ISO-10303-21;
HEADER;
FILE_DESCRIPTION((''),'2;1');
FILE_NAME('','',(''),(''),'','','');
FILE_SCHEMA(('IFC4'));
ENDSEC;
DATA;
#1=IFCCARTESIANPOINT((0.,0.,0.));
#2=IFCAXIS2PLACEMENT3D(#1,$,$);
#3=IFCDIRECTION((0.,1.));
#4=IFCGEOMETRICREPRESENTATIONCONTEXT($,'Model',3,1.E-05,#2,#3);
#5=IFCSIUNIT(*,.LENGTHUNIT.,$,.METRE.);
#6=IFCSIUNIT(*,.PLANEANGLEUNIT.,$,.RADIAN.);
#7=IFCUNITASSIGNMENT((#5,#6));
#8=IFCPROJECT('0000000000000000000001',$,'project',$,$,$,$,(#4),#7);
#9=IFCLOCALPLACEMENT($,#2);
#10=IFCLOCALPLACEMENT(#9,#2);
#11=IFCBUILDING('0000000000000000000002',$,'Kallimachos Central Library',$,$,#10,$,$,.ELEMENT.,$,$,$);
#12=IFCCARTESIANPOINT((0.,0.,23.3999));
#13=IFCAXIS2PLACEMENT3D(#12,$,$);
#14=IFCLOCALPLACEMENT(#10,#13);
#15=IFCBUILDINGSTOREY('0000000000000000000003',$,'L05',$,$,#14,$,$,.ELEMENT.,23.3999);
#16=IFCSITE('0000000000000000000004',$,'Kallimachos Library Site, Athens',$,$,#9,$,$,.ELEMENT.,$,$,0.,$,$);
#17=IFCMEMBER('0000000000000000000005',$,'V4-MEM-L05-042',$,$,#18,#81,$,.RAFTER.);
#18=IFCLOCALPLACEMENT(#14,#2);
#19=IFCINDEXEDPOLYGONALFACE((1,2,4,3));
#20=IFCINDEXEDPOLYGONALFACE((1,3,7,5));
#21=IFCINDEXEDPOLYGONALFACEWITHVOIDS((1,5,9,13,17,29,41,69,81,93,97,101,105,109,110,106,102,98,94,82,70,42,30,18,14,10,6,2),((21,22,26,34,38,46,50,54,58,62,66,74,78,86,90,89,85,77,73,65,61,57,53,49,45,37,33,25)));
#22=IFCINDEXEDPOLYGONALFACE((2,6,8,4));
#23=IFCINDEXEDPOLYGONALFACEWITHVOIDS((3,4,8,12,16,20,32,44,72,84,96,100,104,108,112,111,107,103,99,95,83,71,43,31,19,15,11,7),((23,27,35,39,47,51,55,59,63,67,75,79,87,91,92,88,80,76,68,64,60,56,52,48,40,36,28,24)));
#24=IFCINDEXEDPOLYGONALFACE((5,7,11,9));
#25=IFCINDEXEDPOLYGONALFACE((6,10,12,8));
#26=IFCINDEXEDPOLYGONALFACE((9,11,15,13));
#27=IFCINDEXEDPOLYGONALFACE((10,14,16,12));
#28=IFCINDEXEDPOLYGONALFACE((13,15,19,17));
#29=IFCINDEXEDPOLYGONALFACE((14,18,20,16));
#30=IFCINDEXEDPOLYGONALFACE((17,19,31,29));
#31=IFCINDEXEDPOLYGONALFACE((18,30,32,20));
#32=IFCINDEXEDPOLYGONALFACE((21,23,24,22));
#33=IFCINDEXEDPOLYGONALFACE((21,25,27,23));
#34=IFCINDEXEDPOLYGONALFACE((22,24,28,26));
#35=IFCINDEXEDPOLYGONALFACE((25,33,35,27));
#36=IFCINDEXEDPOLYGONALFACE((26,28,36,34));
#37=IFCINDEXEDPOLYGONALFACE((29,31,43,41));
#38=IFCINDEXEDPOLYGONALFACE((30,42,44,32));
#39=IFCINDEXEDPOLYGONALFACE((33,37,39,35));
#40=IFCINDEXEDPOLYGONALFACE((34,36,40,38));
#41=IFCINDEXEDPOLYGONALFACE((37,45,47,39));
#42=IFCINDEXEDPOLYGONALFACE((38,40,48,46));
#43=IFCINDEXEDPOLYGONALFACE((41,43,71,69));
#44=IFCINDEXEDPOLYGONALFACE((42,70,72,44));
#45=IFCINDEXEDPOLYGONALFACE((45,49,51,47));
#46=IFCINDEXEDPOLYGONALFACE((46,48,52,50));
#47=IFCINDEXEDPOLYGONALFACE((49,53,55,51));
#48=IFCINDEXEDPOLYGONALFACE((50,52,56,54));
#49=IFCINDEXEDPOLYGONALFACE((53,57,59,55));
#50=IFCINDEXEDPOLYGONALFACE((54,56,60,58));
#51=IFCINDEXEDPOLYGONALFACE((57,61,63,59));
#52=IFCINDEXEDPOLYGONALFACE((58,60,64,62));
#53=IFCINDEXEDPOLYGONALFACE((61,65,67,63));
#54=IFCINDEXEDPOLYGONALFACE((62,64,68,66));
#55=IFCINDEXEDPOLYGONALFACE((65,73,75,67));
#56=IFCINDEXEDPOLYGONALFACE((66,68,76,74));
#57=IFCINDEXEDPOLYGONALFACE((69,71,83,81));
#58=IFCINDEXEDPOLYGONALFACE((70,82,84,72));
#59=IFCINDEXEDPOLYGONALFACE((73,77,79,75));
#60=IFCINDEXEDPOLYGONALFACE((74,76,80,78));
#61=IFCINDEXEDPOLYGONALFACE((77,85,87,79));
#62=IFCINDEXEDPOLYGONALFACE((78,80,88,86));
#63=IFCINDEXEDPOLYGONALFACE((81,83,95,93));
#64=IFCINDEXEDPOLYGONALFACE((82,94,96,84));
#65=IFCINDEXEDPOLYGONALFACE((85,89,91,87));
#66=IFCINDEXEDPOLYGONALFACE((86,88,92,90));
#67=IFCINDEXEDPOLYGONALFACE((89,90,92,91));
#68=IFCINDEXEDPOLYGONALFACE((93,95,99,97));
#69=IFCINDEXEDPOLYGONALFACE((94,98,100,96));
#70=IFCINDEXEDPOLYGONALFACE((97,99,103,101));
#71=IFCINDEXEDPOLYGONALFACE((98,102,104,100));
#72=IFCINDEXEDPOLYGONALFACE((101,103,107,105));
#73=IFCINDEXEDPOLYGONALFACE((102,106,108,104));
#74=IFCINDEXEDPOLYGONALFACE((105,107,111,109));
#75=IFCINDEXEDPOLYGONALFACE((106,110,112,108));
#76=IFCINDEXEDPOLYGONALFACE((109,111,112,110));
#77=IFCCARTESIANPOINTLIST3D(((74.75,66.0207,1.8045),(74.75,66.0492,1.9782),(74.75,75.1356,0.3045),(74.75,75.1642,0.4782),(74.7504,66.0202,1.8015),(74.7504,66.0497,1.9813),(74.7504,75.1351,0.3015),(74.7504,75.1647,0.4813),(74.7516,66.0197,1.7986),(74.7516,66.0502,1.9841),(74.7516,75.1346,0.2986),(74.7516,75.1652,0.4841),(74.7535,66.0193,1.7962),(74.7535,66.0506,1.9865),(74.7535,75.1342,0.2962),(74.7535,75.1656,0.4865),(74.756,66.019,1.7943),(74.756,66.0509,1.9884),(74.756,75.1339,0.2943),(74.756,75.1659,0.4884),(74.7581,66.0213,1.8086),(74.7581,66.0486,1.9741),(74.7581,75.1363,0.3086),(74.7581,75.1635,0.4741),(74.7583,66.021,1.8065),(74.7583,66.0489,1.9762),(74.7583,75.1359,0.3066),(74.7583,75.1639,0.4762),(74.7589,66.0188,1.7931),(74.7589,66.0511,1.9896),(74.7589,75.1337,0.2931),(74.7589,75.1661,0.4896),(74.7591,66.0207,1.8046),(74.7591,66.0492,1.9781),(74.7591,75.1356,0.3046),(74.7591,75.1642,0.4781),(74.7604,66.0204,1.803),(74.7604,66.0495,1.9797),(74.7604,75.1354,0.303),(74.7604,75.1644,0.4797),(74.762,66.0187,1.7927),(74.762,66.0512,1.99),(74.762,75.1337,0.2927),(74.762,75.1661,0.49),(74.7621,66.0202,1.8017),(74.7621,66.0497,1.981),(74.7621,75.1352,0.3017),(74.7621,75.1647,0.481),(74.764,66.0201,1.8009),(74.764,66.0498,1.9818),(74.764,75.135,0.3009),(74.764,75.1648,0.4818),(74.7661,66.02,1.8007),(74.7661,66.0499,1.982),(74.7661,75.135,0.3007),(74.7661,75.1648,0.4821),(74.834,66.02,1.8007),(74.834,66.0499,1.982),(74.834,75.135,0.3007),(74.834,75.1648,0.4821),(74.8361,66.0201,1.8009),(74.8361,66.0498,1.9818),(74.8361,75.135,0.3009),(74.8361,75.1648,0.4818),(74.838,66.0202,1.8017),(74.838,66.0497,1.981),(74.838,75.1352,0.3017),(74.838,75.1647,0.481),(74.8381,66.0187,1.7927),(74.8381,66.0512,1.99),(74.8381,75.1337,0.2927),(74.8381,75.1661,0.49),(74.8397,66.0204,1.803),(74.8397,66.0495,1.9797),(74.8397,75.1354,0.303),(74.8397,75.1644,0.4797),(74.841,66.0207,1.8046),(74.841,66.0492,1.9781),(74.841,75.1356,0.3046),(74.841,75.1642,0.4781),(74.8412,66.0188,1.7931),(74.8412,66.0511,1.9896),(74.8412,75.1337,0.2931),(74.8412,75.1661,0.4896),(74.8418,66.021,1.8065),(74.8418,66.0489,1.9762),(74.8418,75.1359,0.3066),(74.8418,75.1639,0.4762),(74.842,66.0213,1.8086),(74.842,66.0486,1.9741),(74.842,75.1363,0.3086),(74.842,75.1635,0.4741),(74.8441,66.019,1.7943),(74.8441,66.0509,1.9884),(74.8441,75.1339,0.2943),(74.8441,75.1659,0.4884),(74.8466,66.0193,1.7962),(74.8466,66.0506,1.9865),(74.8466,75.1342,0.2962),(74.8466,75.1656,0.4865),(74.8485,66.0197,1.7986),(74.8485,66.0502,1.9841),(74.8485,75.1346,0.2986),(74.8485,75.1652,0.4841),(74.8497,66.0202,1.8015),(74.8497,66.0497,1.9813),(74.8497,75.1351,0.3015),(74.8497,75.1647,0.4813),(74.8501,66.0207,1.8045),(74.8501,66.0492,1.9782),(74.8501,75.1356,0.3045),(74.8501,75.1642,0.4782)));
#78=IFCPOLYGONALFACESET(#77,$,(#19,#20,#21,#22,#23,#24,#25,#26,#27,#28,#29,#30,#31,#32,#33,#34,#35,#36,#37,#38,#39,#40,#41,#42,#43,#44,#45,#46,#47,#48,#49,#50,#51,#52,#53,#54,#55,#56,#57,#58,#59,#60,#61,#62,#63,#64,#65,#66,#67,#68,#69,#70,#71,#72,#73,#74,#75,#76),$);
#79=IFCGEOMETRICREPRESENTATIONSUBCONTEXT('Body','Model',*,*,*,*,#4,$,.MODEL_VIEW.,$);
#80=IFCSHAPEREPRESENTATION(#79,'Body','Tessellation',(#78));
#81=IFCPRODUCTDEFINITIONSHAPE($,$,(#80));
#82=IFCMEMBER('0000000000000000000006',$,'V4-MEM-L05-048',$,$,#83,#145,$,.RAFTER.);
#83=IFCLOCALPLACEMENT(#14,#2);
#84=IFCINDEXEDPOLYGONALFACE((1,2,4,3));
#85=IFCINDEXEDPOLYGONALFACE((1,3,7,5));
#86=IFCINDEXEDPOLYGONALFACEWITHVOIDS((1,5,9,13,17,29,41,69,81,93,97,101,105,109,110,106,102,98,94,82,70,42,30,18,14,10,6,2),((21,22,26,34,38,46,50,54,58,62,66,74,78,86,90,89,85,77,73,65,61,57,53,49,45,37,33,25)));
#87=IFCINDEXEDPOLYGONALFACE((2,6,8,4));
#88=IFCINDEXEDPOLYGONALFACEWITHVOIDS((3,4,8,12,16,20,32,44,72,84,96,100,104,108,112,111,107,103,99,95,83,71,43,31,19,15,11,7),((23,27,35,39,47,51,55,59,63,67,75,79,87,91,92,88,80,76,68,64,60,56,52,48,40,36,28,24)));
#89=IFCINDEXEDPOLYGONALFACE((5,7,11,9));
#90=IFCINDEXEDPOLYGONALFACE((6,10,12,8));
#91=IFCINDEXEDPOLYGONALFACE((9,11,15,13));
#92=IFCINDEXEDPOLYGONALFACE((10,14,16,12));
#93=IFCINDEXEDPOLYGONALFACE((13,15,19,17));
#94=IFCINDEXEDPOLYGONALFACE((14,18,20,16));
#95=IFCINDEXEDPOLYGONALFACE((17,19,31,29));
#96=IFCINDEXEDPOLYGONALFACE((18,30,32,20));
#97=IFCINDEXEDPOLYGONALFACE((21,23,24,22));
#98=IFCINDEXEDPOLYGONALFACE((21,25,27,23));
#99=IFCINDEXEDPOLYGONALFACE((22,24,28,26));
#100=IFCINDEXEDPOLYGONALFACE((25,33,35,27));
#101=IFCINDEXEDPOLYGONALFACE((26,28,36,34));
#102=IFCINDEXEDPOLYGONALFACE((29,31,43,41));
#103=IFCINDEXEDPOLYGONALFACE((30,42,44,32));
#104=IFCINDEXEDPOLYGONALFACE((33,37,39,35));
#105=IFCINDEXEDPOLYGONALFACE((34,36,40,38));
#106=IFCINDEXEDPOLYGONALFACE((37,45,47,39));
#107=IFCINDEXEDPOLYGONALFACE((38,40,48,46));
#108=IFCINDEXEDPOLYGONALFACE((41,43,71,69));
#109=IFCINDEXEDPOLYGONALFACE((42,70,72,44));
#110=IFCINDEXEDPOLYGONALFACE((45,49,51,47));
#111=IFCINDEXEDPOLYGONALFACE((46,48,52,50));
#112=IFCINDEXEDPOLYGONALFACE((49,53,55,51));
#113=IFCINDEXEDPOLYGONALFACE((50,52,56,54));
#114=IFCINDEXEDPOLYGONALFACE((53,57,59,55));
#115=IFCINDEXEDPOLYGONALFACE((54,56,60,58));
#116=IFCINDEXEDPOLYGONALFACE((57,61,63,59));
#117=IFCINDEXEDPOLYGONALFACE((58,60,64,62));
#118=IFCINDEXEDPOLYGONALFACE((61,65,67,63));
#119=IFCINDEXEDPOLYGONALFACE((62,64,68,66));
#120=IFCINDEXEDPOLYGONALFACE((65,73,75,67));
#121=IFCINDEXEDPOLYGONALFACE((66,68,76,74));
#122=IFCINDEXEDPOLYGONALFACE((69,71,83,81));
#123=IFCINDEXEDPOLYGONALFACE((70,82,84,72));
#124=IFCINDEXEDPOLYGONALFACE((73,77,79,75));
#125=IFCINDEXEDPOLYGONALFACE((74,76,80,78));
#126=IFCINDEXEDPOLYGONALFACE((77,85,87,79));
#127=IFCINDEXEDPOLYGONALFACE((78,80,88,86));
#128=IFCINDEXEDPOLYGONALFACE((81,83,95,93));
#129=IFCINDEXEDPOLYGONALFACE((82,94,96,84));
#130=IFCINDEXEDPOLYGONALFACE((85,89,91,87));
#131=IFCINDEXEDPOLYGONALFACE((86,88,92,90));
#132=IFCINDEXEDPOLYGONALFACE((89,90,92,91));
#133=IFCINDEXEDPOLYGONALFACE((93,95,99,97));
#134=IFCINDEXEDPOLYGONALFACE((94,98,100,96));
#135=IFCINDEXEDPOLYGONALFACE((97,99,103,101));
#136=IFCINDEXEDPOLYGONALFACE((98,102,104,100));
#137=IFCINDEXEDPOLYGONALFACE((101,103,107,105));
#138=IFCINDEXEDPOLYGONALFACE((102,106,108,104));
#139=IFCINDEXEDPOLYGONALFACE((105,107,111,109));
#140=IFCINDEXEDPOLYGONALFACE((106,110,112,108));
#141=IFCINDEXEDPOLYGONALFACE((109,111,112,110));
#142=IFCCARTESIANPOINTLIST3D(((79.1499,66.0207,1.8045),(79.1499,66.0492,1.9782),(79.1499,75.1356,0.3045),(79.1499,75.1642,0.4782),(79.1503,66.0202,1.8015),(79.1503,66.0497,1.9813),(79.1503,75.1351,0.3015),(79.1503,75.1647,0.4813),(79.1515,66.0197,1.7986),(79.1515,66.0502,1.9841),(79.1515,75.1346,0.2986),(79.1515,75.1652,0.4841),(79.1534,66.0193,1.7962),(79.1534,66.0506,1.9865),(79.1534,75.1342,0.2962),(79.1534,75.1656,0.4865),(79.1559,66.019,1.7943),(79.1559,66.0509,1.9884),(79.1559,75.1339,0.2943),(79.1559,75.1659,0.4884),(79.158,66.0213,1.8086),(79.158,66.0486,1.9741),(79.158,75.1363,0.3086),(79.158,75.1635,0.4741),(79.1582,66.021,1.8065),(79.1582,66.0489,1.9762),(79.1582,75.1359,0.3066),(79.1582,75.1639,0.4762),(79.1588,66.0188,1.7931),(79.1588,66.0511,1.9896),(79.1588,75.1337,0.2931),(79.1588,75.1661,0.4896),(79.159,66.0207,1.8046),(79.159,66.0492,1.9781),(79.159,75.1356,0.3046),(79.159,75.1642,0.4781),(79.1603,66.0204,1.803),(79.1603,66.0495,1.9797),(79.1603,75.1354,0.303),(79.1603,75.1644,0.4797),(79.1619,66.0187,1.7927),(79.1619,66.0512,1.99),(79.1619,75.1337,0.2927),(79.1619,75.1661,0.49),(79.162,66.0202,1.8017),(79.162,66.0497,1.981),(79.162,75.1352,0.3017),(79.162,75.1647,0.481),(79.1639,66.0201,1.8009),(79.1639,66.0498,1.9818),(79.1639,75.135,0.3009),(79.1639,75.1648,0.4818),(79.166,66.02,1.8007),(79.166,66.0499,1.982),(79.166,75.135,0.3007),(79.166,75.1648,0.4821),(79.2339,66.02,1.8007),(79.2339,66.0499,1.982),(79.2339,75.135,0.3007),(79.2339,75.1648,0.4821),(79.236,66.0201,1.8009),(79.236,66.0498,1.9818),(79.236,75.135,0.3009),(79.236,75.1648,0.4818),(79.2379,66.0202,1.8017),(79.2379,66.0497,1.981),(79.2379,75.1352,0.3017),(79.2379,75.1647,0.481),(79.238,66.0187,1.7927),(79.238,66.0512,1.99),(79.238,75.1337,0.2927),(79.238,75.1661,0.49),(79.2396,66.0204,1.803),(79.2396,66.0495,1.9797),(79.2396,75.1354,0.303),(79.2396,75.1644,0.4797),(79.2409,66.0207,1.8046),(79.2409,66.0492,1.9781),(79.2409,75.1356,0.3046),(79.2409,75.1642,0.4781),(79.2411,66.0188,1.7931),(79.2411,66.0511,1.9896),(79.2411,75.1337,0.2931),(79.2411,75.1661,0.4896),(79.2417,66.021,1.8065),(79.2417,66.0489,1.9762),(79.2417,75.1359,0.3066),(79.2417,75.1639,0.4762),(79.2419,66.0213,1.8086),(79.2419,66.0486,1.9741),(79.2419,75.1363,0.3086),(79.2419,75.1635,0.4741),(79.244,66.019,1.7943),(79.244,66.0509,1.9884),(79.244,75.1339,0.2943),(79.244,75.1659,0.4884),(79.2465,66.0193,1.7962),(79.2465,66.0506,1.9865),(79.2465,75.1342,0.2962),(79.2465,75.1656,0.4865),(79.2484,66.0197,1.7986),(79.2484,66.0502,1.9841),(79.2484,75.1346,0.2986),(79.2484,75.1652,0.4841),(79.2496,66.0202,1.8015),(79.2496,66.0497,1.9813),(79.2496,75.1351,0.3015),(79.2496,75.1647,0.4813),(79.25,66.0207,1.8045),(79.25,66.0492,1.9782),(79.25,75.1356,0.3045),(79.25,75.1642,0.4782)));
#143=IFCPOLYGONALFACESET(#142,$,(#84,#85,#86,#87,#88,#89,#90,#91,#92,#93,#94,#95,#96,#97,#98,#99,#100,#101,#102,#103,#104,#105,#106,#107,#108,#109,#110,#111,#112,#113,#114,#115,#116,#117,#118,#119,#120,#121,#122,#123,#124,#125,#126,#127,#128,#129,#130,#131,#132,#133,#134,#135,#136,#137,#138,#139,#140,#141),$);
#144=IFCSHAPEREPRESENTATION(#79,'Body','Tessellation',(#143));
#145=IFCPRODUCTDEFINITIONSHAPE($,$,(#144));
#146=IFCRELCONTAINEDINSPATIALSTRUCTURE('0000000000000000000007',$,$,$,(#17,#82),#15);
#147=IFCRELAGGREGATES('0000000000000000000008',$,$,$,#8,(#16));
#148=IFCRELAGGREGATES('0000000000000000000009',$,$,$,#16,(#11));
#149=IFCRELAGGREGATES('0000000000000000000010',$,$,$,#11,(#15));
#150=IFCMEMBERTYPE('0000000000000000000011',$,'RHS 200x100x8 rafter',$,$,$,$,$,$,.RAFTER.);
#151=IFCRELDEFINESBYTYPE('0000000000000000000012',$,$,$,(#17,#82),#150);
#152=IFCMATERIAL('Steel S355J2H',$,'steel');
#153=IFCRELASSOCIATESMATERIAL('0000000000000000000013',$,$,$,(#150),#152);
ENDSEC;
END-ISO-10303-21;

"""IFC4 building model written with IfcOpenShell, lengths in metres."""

from ifc_helpers import new_model, si_unit, direction, frame, origin, origin_2d, place, context, subcontext, project, spatial, hollow_rectangle, extrude, material, material_profile, profile_set, type_object, element, save


model = new_model("IFC4")

# Units and contexts
model_context = context("Model", 3, precision=1e-05, world=origin(), true_north=direction((0.0, 1.0)))
body_context = subcontext(model_context, "Body", "Model", "MODEL_VIEW")
ifc_project = project(units=[si_unit("LENGTHUNIT", "METRE"), si_unit("PLANEANGLEUNIT", "RADIAN")], contexts=[model_context])

# Site, building, storey
site_placement = place(None, origin())
site = spatial("IfcSite", under=ifc_project, at=site_placement, Name="Kallimachos Library Site, Athens", CompositionType="ELEMENT", RefElevation=0.0)
building_placement = place(site_placement, origin())
building = spatial("IfcBuilding", under=site, at=building_placement, Name="Kallimachos Central Library", CompositionType="ELEMENT")
storey_placement = place(building_placement, frame((0.0, 0.0, 23.3999)))
storey = spatial("IfcBuildingStorey", under=building, at=storey_placement, Name="L05", CompositionType="ELEMENT", Elevation=23.3999)

# Members
ifc_material_1 = material(Name="Steel S355J2H", Category="steel")
ifc_material_profile_1 = material_profile(ifc_material_1, hollow_rectangle(XDim=0.1001, YDim=0.2, WallThickness=0.0081, InnerFilletRadius=0.0081, OuterFilletRadius=0.012, at=origin_2d()), Name="RHS 200x100x8")
ifc_profile_set_1 = profile_set([ifc_material_profile_1], Name="Steel S355J2H")
member_type_1 = type_object("IfcMemberType", Name="RHS 200x100x8 rafter", PredefinedType="RAFTER", material=ifc_profile_set_1)
for number, where, z_axis, x_axis, name in (
    (1, (74.8, 75.1499, 0.3914), (0.0, -0.986728, 0.16238), (1.0, 0.0, 0.0), "V4-MEM-L05-042"),
    (2, (79.2, 75.1499, 0.3914), (0.0, -0.986728, 0.16238), (1.0, 0.0, 0.0), "V4-MEM-L05-048"),
):
    element("IfcMember", number, at=place(storey_placement, frame(where, z_axis=z_axis, x_axis=x_axis)), inside=storey, type_object=member_type_1, Name=name, PredefinedType="RAFTER", context=body_context, shape_type="SweptSolid", body=[
        extrude(hollow_rectangle(XDim=0.1001, YDim=0.2, WallThickness=0.0081, InnerFilletRadius=0.0081, OuterFilletRadius=0.012, at=origin_2d()), origin(), (0.0, 0.0, 1.0), 9.2375),
    ])

save(model, "model.ifc")
